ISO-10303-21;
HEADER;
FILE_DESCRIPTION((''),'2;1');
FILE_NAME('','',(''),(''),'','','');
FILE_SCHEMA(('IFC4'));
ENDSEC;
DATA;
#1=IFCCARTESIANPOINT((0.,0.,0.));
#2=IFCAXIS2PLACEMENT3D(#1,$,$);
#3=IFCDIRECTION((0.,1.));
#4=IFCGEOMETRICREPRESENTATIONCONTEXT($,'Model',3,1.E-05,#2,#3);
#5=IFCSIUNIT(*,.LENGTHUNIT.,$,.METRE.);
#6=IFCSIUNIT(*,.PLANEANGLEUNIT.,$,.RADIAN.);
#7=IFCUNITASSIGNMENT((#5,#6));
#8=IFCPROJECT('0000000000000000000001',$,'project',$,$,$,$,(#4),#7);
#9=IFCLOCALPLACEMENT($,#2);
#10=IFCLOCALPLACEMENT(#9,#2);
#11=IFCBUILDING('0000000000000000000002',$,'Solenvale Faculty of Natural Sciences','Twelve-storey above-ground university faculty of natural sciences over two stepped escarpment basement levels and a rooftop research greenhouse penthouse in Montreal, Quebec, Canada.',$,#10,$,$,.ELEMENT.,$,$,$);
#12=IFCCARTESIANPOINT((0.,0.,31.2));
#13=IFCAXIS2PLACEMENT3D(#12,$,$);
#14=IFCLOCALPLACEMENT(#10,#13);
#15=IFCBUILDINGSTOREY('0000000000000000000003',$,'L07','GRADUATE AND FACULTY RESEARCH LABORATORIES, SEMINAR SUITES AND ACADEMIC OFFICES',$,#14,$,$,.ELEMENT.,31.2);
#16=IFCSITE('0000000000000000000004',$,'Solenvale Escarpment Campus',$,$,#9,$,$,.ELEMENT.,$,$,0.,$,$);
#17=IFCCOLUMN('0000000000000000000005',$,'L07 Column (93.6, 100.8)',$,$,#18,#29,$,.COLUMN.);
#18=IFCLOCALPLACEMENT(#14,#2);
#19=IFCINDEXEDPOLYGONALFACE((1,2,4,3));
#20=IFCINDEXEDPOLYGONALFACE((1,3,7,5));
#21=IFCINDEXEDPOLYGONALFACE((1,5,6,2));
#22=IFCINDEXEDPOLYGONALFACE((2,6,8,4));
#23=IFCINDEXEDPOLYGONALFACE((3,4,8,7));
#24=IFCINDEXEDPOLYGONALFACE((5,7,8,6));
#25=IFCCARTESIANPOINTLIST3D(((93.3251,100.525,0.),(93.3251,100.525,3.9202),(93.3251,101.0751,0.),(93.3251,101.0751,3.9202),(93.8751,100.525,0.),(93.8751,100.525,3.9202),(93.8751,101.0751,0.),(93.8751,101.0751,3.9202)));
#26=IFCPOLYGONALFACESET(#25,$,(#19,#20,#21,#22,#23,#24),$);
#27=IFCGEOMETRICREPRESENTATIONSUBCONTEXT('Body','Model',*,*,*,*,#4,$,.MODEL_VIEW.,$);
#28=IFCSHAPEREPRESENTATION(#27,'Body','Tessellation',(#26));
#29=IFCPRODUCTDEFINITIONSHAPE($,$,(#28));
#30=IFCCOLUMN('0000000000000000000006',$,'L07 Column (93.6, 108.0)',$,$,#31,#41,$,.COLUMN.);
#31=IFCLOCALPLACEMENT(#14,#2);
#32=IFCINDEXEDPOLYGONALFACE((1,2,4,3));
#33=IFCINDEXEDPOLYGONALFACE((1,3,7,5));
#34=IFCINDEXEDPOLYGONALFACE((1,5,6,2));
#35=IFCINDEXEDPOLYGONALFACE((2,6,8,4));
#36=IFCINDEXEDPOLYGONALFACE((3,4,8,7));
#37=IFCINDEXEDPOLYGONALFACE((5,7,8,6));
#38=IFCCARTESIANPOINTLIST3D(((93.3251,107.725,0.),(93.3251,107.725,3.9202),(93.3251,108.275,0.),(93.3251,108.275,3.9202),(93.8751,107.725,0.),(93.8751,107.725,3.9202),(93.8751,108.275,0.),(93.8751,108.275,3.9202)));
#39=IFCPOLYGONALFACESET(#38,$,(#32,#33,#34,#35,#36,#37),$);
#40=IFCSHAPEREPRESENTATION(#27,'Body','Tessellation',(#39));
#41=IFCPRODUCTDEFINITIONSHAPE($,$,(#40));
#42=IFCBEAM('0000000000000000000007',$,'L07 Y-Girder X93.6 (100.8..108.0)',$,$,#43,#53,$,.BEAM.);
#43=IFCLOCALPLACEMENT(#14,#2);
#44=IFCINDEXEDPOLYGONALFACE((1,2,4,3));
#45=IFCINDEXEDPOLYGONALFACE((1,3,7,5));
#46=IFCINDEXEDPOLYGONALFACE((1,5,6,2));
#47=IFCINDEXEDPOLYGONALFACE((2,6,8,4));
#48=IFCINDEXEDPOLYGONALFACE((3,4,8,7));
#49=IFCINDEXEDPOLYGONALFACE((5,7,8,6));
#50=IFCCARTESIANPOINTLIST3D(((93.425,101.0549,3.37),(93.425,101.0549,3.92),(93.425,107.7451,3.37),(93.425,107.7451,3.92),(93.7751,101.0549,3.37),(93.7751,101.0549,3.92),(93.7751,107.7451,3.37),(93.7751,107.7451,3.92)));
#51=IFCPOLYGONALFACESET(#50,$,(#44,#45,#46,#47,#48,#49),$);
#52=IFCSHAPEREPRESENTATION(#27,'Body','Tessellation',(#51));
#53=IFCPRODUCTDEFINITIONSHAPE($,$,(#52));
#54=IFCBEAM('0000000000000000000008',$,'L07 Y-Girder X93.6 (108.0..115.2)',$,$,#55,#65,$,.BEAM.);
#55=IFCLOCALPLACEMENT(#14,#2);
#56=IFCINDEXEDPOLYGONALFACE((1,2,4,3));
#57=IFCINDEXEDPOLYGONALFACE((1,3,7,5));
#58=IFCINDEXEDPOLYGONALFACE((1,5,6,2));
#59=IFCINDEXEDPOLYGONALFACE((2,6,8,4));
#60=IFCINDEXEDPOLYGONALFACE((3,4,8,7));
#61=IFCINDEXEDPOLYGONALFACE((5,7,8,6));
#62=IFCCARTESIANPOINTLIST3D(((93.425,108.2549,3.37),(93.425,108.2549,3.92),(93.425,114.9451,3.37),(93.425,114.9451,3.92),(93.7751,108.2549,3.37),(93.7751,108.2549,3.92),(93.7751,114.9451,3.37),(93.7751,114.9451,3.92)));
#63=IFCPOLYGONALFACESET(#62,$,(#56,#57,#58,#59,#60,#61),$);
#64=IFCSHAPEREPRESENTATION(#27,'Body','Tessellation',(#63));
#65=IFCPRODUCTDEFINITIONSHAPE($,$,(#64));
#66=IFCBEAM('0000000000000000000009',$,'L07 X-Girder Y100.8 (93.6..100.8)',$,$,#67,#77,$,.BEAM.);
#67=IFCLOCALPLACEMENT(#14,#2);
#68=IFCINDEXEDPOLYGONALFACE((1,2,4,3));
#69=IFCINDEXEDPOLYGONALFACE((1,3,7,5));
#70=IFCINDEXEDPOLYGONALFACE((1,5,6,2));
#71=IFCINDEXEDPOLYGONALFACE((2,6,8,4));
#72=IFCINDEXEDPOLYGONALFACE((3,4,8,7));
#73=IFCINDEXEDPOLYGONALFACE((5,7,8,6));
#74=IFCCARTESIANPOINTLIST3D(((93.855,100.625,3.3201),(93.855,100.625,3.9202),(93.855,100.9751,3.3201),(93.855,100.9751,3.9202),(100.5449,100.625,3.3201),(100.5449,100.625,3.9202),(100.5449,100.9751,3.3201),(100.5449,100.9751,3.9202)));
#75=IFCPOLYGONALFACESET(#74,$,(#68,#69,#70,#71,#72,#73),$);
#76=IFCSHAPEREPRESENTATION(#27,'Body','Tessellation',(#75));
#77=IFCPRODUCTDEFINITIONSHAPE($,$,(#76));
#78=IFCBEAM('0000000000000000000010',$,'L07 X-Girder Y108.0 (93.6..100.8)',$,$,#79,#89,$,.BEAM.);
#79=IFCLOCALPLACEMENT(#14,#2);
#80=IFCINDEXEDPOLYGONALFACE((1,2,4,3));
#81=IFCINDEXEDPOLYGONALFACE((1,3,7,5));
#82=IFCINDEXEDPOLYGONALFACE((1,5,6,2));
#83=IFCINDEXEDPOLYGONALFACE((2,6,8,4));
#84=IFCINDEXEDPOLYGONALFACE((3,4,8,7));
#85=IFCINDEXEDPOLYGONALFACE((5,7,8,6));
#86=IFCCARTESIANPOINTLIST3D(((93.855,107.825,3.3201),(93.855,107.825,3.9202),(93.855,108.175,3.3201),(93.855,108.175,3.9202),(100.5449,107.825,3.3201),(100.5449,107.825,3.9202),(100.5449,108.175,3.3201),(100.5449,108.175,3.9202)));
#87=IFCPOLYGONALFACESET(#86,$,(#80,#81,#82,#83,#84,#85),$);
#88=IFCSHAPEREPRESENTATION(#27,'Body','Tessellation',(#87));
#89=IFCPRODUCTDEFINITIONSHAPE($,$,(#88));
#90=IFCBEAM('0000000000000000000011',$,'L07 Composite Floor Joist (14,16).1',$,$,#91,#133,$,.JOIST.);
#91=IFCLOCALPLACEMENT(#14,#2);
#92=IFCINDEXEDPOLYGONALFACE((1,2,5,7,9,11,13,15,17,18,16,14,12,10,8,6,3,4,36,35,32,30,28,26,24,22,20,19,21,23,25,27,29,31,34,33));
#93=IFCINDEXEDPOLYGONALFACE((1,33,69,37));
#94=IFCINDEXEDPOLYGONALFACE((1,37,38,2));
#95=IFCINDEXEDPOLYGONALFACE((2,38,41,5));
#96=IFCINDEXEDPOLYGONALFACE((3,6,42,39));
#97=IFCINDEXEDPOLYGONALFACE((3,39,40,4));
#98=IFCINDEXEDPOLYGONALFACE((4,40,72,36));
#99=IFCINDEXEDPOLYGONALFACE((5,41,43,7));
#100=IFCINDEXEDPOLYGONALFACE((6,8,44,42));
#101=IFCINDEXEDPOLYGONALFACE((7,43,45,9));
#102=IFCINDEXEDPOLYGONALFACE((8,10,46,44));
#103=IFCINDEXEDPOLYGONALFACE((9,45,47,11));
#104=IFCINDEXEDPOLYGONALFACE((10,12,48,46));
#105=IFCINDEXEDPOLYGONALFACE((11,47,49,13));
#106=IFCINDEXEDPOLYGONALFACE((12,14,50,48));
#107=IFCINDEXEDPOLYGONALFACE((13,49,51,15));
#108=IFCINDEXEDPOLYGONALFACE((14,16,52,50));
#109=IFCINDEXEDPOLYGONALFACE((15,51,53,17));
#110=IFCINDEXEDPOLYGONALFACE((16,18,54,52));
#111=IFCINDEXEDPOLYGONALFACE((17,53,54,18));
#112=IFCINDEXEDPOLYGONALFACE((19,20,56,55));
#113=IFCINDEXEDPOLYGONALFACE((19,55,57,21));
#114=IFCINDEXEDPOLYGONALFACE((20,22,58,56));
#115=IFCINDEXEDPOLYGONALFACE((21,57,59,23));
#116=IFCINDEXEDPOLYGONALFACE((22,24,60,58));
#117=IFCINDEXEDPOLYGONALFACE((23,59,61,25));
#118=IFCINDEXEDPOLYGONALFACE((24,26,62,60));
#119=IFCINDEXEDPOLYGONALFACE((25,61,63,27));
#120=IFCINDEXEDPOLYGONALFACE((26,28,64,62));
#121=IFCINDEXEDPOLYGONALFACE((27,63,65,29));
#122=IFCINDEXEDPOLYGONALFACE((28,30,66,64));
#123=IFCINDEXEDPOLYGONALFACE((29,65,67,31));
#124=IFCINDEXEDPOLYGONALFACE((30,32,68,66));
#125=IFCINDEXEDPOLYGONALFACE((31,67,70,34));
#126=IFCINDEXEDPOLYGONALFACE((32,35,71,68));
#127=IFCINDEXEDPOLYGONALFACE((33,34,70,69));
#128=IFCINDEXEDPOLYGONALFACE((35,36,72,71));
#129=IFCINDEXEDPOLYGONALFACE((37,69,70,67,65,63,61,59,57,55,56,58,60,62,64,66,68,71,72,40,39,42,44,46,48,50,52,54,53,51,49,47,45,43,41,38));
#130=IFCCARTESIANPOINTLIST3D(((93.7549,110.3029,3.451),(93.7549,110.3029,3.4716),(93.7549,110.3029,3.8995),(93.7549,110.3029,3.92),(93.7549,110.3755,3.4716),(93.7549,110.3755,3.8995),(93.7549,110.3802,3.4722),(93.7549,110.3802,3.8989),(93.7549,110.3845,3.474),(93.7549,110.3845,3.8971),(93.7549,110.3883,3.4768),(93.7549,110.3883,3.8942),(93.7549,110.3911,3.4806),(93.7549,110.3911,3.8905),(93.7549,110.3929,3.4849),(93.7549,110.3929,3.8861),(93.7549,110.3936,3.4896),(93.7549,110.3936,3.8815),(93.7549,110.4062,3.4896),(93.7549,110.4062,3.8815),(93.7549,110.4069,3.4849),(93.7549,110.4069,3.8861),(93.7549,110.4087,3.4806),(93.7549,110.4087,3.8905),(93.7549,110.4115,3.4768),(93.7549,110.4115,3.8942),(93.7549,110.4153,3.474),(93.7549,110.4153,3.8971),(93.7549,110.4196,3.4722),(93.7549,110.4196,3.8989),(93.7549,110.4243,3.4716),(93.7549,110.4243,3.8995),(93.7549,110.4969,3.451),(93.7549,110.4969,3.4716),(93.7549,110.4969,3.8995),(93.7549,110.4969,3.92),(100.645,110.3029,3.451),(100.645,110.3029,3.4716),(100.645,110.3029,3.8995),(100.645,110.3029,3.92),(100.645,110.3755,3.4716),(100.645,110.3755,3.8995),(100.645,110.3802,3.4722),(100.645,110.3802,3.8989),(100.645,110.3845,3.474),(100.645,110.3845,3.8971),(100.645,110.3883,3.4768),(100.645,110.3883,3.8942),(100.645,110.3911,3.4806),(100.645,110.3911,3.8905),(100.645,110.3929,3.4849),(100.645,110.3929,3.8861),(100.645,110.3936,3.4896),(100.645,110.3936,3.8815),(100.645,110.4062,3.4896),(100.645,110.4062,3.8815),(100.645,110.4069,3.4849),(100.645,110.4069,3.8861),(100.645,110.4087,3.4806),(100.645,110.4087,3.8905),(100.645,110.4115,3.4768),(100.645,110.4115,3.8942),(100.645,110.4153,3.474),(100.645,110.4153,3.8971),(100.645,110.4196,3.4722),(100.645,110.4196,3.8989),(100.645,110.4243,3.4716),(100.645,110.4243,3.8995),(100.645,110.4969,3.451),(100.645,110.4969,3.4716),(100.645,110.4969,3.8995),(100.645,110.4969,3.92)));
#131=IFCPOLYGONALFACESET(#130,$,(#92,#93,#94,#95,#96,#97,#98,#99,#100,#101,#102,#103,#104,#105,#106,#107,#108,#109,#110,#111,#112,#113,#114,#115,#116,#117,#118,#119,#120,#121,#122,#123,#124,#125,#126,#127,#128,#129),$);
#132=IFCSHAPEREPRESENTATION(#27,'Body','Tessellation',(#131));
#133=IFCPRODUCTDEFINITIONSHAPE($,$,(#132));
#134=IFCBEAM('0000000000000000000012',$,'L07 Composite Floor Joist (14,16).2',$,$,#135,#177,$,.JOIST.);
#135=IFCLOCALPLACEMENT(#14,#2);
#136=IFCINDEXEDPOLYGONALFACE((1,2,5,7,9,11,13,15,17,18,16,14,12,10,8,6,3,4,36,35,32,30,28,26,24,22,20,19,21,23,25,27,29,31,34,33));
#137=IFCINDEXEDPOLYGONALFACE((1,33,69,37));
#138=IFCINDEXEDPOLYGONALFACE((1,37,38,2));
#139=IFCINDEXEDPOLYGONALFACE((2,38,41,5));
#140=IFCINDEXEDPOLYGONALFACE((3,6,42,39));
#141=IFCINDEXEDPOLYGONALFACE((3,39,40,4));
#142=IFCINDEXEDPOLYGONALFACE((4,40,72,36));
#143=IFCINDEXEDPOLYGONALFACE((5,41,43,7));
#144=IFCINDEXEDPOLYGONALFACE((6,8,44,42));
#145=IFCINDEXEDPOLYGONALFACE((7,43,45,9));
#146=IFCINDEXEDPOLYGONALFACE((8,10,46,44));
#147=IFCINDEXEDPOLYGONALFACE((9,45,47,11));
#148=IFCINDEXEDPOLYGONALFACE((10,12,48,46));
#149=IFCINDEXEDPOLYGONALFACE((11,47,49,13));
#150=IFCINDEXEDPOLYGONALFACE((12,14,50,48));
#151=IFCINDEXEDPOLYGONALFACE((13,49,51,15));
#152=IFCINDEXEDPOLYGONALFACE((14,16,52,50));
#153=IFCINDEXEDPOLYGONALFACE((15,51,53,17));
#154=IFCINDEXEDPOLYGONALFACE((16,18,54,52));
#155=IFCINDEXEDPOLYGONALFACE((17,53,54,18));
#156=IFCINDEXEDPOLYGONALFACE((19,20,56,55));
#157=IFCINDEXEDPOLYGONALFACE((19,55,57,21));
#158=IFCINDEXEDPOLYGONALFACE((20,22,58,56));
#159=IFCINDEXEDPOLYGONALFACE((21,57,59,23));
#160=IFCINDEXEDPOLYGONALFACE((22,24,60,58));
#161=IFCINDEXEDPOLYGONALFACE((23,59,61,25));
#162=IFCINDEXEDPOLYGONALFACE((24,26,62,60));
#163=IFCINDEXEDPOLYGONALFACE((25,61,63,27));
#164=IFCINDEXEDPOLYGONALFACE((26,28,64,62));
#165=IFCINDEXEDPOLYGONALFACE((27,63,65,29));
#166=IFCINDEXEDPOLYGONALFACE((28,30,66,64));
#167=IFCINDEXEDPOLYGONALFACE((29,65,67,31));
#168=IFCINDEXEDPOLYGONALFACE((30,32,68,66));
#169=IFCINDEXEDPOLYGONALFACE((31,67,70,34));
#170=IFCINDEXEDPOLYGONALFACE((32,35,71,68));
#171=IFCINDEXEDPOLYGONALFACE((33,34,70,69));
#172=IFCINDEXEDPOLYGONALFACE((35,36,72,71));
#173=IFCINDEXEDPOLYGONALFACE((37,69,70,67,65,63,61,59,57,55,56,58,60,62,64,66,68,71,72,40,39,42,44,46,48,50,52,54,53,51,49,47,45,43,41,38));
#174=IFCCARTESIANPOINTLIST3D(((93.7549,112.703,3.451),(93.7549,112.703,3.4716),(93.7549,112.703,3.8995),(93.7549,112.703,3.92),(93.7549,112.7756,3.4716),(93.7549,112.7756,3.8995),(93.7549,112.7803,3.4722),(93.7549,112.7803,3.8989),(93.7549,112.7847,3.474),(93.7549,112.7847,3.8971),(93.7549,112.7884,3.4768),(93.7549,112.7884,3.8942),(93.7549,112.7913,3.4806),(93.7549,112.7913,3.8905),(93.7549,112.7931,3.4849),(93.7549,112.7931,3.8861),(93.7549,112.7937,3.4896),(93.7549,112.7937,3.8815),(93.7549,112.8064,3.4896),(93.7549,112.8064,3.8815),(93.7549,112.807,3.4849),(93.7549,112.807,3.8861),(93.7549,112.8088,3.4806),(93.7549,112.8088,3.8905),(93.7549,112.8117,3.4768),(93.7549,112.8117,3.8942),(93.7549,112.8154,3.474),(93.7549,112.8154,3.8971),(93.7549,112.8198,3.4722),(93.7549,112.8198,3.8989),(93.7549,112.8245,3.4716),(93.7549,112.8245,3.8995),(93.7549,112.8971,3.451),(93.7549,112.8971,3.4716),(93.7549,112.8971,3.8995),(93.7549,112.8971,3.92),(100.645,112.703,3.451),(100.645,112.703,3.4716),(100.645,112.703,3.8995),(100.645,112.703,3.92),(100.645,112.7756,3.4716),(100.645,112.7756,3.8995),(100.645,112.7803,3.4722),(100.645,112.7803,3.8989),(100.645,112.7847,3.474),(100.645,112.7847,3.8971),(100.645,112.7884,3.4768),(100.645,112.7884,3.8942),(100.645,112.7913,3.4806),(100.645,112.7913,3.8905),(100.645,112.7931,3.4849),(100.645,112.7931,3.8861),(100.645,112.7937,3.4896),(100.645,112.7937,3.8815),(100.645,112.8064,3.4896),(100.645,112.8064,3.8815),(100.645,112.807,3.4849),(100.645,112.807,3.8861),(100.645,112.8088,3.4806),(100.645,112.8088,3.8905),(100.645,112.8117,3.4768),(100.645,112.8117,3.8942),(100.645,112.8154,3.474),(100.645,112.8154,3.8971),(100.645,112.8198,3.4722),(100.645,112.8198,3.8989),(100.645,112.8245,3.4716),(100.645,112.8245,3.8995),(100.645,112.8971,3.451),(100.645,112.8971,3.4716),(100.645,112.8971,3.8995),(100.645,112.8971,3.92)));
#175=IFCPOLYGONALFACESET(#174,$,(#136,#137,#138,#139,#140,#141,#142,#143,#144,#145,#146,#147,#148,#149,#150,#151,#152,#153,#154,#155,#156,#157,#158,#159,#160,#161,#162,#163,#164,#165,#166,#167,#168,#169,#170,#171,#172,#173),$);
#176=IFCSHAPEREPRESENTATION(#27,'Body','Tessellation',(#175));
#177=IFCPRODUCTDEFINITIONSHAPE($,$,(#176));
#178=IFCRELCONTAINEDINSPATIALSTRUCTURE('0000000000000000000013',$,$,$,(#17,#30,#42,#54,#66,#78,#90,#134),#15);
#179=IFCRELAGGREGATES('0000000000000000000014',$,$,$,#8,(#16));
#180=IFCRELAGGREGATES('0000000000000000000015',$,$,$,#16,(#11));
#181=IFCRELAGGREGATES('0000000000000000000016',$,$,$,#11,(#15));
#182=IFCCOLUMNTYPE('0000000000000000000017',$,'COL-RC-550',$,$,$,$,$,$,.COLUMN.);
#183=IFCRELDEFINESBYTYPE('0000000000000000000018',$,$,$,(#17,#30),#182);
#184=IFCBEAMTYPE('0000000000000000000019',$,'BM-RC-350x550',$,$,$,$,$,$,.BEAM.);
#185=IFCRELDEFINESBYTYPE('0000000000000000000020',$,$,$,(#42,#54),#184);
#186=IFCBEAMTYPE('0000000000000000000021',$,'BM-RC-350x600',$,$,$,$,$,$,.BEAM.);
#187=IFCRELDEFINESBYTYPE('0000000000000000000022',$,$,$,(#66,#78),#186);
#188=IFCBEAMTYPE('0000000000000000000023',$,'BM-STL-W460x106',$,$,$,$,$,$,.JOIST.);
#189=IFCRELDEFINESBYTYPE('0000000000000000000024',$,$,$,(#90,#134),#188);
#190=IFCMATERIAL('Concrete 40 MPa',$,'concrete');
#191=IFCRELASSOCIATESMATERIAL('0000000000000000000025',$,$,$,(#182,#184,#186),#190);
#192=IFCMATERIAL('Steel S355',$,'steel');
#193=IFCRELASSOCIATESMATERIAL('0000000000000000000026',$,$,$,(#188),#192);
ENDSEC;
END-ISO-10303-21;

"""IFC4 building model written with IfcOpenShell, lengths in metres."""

from ifc_helpers import new_model, si_unit, direction, frame, origin, origin_2d, place, context, subcontext, project, spatial, rectangle, i_section, extrude, material, material_profile, profile_set, type_object, element, save


model = new_model("IFC4")

# Units and contexts
model_context = context("Model", 3, precision=1e-05, world=origin(), true_north=direction((0.0, 1.0)))
body_context = subcontext(model_context, "Body", "Model", "MODEL_VIEW")
ifc_project = project(units=[si_unit("LENGTHUNIT", "METRE"), si_unit("PLANEANGLEUNIT", "RADIAN")], contexts=[model_context])

# Site, building, storey
site_placement = place(None, origin())
site = spatial("IfcSite", under=ifc_project, at=site_placement, Name="Solenvale Escarpment Campus", CompositionType="ELEMENT", RefElevation=0.0)
building_placement = place(site_placement, origin())
building = spatial("IfcBuilding", under=site, at=building_placement, Name="Solenvale Faculty of Natural Sciences", Description="Twelve-storey above-ground university faculty of natural sciences over two stepped escarpment basement levels and a rooftop research greenhouse penthouse in Montreal, Quebec, Canada.", CompositionType="ELEMENT")
storey_placement = place(building_placement, frame((0.0, 0.0, 31.2)))
storey = spatial("IfcBuildingStorey", under=building, at=storey_placement, Name="L07", Description="GRADUATE AND FACULTY RESEARCH LABORATORIES, SEMINAR SUITES AND ACADEMIC OFFICES", CompositionType="ELEMENT", Elevation=31.2)

# Columns
ifc_material_1 = material(Name="Concrete 40 MPa", Category="concrete")
ifc_material_profile_1 = material_profile(ifc_material_1, rectangle(XDim=0.55, YDim=0.55, at=origin_2d()), Name="RC-COL-550x550")
ifc_profile_set_1 = profile_set([ifc_material_profile_1], Name="Concrete 40 MPa")
column_type = type_object("IfcColumnType", Name="COL-RC-550", PredefinedType="COLUMN", material=ifc_profile_set_1)
for number, where, z_axis, x_axis, name in (
    (1, (93.6001, 100.8, 0.0), (0.0, 0.0, 1.0), (1.0, 0.0, 0.0), "L07 Column (93.6, 100.8)"),
    (2, (93.6001, 108.0, 0.0), (0.0, 0.0, 1.0), (1.0, 0.0, 0.0), "L07 Column (93.6, 108.0)"),
):
    element("IfcColumn", number, at=place(storey_placement, frame(where, z_axis=z_axis, x_axis=x_axis)), inside=storey, type_object=column_type, Name=name, PredefinedType="COLUMN", context=body_context, shape_type="SweptSolid", body=[
        extrude(rectangle(XDim=0.55, YDim=0.55, at=origin_2d()), origin(), (0.0, 0.0, 1.0), 3.9202),
    ])

# Beams
ifc_material_profile_2 = material_profile(ifc_material_1, rectangle(XDim=0.3501, YDim=0.55, at=origin_2d()), Name="RC-BM-350x550")
ifc_profile_set_2 = profile_set([ifc_material_profile_2], Name="Concrete 40 MPa")
beam_type_1 = type_object("IfcBeamType", Name="BM-RC-350x550", PredefinedType="BEAM", material=ifc_profile_set_2)
for number, where, z_axis, x_axis, name in (
    (3, (93.6001, 101.0549, 3.645), (0.0, 1.0, 0.0), (-1.0, 0.0, 0.0), "L07 Y-Girder X93.6 (100.8..108.0)"),
    (4, (93.6001, 108.2549, 3.645), (0.0, 1.0, 0.0), (-1.0, 0.0, 0.0), "L07 Y-Girder X93.6 (108.0..115.2)"),
):
    element("IfcBeam", number, at=place(storey_placement, frame(where, z_axis=z_axis, x_axis=x_axis)), inside=storey, type_object=beam_type_1, Name=name, PredefinedType="BEAM", context=body_context, shape_type="SweptSolid", body=[
        extrude(rectangle(XDim=0.3501, YDim=0.55, at=origin_2d()), origin(), (0.0, 0.0, 1.0), 6.6902),
    ])
ifc_material_profile_3 = material_profile(ifc_material_1, rectangle(XDim=0.3501, YDim=0.6001, at=origin_2d()), Name="RC-BM-350x600")
ifc_profile_set_3 = profile_set([ifc_material_profile_3], Name="Concrete 40 MPa")
beam_type_2 = type_object("IfcBeamType", Name="BM-RC-350x600", PredefinedType="BEAM", material=ifc_profile_set_3)
for number, where, z_axis, x_axis, name in (
    (5, (93.855, 100.8, 3.6201), (1.0, 0.0, 0.0), (0.0, 1.0, 0.0), "L07 X-Girder Y100.8 (93.6..100.8)"),
    (6, (93.855, 108.0, 3.6201), (1.0, 0.0, 0.0), (0.0, 1.0, 0.0), "L07 X-Girder Y108.0 (93.6..100.8)"),
):
    element("IfcBeam", number, at=place(storey_placement, frame(where, z_axis=z_axis, x_axis=x_axis)), inside=storey, type_object=beam_type_2, Name=name, PredefinedType="BEAM", context=body_context, shape_type="SweptSolid", body=[
        extrude(rectangle(XDim=0.3501, YDim=0.6001, at=origin_2d()), origin(), (0.0, 0.0, 1.0), 6.6899),
    ])
ifc_material_2 = material(Name="Steel S355", Category="steel")
ifc_material_profile_4 = material_profile(ifc_material_2, i_section(OverallWidth=0.1941, OverallDepth=0.469, WebThickness=0.0127, FlangeThickness=0.0205, FilletRadius=0.0181, at=origin_2d()), Name="W460x106")
ifc_profile_set_4 = profile_set([ifc_material_profile_4], Name="Steel S355")
beam_type_3 = type_object("IfcBeamType", Name="BM-STL-W460x106", PredefinedType="JOIST", material=ifc_profile_set_4)
for number, where, z_axis, x_axis, name in (
    (7, (93.7549, 110.3999, 3.6855), (1.0, 0.0, 0.0), (0.0, 1.0, 0.0), "L07 Composite Floor Joist (14,16).1"),
    (8, (93.7549, 112.8, 3.6855), (1.0, 0.0, 0.0), (0.0, 1.0, 0.0), "L07 Composite Floor Joist (14,16).2"),
):
    element("IfcBeam", number, at=place(storey_placement, frame(where, z_axis=z_axis, x_axis=x_axis)), inside=storey, type_object=beam_type_3, Name=name, PredefinedType="JOIST", context=body_context, shape_type="SweptSolid", body=[
        extrude(i_section(OverallWidth=0.1941, OverallDepth=0.469, WebThickness=0.0127, FlangeThickness=0.0205, FilletRadius=0.0181, at=origin_2d()), origin(), (0.0, 0.0, 1.0), 6.8901),
    ])

save(model, "model.ifc")
